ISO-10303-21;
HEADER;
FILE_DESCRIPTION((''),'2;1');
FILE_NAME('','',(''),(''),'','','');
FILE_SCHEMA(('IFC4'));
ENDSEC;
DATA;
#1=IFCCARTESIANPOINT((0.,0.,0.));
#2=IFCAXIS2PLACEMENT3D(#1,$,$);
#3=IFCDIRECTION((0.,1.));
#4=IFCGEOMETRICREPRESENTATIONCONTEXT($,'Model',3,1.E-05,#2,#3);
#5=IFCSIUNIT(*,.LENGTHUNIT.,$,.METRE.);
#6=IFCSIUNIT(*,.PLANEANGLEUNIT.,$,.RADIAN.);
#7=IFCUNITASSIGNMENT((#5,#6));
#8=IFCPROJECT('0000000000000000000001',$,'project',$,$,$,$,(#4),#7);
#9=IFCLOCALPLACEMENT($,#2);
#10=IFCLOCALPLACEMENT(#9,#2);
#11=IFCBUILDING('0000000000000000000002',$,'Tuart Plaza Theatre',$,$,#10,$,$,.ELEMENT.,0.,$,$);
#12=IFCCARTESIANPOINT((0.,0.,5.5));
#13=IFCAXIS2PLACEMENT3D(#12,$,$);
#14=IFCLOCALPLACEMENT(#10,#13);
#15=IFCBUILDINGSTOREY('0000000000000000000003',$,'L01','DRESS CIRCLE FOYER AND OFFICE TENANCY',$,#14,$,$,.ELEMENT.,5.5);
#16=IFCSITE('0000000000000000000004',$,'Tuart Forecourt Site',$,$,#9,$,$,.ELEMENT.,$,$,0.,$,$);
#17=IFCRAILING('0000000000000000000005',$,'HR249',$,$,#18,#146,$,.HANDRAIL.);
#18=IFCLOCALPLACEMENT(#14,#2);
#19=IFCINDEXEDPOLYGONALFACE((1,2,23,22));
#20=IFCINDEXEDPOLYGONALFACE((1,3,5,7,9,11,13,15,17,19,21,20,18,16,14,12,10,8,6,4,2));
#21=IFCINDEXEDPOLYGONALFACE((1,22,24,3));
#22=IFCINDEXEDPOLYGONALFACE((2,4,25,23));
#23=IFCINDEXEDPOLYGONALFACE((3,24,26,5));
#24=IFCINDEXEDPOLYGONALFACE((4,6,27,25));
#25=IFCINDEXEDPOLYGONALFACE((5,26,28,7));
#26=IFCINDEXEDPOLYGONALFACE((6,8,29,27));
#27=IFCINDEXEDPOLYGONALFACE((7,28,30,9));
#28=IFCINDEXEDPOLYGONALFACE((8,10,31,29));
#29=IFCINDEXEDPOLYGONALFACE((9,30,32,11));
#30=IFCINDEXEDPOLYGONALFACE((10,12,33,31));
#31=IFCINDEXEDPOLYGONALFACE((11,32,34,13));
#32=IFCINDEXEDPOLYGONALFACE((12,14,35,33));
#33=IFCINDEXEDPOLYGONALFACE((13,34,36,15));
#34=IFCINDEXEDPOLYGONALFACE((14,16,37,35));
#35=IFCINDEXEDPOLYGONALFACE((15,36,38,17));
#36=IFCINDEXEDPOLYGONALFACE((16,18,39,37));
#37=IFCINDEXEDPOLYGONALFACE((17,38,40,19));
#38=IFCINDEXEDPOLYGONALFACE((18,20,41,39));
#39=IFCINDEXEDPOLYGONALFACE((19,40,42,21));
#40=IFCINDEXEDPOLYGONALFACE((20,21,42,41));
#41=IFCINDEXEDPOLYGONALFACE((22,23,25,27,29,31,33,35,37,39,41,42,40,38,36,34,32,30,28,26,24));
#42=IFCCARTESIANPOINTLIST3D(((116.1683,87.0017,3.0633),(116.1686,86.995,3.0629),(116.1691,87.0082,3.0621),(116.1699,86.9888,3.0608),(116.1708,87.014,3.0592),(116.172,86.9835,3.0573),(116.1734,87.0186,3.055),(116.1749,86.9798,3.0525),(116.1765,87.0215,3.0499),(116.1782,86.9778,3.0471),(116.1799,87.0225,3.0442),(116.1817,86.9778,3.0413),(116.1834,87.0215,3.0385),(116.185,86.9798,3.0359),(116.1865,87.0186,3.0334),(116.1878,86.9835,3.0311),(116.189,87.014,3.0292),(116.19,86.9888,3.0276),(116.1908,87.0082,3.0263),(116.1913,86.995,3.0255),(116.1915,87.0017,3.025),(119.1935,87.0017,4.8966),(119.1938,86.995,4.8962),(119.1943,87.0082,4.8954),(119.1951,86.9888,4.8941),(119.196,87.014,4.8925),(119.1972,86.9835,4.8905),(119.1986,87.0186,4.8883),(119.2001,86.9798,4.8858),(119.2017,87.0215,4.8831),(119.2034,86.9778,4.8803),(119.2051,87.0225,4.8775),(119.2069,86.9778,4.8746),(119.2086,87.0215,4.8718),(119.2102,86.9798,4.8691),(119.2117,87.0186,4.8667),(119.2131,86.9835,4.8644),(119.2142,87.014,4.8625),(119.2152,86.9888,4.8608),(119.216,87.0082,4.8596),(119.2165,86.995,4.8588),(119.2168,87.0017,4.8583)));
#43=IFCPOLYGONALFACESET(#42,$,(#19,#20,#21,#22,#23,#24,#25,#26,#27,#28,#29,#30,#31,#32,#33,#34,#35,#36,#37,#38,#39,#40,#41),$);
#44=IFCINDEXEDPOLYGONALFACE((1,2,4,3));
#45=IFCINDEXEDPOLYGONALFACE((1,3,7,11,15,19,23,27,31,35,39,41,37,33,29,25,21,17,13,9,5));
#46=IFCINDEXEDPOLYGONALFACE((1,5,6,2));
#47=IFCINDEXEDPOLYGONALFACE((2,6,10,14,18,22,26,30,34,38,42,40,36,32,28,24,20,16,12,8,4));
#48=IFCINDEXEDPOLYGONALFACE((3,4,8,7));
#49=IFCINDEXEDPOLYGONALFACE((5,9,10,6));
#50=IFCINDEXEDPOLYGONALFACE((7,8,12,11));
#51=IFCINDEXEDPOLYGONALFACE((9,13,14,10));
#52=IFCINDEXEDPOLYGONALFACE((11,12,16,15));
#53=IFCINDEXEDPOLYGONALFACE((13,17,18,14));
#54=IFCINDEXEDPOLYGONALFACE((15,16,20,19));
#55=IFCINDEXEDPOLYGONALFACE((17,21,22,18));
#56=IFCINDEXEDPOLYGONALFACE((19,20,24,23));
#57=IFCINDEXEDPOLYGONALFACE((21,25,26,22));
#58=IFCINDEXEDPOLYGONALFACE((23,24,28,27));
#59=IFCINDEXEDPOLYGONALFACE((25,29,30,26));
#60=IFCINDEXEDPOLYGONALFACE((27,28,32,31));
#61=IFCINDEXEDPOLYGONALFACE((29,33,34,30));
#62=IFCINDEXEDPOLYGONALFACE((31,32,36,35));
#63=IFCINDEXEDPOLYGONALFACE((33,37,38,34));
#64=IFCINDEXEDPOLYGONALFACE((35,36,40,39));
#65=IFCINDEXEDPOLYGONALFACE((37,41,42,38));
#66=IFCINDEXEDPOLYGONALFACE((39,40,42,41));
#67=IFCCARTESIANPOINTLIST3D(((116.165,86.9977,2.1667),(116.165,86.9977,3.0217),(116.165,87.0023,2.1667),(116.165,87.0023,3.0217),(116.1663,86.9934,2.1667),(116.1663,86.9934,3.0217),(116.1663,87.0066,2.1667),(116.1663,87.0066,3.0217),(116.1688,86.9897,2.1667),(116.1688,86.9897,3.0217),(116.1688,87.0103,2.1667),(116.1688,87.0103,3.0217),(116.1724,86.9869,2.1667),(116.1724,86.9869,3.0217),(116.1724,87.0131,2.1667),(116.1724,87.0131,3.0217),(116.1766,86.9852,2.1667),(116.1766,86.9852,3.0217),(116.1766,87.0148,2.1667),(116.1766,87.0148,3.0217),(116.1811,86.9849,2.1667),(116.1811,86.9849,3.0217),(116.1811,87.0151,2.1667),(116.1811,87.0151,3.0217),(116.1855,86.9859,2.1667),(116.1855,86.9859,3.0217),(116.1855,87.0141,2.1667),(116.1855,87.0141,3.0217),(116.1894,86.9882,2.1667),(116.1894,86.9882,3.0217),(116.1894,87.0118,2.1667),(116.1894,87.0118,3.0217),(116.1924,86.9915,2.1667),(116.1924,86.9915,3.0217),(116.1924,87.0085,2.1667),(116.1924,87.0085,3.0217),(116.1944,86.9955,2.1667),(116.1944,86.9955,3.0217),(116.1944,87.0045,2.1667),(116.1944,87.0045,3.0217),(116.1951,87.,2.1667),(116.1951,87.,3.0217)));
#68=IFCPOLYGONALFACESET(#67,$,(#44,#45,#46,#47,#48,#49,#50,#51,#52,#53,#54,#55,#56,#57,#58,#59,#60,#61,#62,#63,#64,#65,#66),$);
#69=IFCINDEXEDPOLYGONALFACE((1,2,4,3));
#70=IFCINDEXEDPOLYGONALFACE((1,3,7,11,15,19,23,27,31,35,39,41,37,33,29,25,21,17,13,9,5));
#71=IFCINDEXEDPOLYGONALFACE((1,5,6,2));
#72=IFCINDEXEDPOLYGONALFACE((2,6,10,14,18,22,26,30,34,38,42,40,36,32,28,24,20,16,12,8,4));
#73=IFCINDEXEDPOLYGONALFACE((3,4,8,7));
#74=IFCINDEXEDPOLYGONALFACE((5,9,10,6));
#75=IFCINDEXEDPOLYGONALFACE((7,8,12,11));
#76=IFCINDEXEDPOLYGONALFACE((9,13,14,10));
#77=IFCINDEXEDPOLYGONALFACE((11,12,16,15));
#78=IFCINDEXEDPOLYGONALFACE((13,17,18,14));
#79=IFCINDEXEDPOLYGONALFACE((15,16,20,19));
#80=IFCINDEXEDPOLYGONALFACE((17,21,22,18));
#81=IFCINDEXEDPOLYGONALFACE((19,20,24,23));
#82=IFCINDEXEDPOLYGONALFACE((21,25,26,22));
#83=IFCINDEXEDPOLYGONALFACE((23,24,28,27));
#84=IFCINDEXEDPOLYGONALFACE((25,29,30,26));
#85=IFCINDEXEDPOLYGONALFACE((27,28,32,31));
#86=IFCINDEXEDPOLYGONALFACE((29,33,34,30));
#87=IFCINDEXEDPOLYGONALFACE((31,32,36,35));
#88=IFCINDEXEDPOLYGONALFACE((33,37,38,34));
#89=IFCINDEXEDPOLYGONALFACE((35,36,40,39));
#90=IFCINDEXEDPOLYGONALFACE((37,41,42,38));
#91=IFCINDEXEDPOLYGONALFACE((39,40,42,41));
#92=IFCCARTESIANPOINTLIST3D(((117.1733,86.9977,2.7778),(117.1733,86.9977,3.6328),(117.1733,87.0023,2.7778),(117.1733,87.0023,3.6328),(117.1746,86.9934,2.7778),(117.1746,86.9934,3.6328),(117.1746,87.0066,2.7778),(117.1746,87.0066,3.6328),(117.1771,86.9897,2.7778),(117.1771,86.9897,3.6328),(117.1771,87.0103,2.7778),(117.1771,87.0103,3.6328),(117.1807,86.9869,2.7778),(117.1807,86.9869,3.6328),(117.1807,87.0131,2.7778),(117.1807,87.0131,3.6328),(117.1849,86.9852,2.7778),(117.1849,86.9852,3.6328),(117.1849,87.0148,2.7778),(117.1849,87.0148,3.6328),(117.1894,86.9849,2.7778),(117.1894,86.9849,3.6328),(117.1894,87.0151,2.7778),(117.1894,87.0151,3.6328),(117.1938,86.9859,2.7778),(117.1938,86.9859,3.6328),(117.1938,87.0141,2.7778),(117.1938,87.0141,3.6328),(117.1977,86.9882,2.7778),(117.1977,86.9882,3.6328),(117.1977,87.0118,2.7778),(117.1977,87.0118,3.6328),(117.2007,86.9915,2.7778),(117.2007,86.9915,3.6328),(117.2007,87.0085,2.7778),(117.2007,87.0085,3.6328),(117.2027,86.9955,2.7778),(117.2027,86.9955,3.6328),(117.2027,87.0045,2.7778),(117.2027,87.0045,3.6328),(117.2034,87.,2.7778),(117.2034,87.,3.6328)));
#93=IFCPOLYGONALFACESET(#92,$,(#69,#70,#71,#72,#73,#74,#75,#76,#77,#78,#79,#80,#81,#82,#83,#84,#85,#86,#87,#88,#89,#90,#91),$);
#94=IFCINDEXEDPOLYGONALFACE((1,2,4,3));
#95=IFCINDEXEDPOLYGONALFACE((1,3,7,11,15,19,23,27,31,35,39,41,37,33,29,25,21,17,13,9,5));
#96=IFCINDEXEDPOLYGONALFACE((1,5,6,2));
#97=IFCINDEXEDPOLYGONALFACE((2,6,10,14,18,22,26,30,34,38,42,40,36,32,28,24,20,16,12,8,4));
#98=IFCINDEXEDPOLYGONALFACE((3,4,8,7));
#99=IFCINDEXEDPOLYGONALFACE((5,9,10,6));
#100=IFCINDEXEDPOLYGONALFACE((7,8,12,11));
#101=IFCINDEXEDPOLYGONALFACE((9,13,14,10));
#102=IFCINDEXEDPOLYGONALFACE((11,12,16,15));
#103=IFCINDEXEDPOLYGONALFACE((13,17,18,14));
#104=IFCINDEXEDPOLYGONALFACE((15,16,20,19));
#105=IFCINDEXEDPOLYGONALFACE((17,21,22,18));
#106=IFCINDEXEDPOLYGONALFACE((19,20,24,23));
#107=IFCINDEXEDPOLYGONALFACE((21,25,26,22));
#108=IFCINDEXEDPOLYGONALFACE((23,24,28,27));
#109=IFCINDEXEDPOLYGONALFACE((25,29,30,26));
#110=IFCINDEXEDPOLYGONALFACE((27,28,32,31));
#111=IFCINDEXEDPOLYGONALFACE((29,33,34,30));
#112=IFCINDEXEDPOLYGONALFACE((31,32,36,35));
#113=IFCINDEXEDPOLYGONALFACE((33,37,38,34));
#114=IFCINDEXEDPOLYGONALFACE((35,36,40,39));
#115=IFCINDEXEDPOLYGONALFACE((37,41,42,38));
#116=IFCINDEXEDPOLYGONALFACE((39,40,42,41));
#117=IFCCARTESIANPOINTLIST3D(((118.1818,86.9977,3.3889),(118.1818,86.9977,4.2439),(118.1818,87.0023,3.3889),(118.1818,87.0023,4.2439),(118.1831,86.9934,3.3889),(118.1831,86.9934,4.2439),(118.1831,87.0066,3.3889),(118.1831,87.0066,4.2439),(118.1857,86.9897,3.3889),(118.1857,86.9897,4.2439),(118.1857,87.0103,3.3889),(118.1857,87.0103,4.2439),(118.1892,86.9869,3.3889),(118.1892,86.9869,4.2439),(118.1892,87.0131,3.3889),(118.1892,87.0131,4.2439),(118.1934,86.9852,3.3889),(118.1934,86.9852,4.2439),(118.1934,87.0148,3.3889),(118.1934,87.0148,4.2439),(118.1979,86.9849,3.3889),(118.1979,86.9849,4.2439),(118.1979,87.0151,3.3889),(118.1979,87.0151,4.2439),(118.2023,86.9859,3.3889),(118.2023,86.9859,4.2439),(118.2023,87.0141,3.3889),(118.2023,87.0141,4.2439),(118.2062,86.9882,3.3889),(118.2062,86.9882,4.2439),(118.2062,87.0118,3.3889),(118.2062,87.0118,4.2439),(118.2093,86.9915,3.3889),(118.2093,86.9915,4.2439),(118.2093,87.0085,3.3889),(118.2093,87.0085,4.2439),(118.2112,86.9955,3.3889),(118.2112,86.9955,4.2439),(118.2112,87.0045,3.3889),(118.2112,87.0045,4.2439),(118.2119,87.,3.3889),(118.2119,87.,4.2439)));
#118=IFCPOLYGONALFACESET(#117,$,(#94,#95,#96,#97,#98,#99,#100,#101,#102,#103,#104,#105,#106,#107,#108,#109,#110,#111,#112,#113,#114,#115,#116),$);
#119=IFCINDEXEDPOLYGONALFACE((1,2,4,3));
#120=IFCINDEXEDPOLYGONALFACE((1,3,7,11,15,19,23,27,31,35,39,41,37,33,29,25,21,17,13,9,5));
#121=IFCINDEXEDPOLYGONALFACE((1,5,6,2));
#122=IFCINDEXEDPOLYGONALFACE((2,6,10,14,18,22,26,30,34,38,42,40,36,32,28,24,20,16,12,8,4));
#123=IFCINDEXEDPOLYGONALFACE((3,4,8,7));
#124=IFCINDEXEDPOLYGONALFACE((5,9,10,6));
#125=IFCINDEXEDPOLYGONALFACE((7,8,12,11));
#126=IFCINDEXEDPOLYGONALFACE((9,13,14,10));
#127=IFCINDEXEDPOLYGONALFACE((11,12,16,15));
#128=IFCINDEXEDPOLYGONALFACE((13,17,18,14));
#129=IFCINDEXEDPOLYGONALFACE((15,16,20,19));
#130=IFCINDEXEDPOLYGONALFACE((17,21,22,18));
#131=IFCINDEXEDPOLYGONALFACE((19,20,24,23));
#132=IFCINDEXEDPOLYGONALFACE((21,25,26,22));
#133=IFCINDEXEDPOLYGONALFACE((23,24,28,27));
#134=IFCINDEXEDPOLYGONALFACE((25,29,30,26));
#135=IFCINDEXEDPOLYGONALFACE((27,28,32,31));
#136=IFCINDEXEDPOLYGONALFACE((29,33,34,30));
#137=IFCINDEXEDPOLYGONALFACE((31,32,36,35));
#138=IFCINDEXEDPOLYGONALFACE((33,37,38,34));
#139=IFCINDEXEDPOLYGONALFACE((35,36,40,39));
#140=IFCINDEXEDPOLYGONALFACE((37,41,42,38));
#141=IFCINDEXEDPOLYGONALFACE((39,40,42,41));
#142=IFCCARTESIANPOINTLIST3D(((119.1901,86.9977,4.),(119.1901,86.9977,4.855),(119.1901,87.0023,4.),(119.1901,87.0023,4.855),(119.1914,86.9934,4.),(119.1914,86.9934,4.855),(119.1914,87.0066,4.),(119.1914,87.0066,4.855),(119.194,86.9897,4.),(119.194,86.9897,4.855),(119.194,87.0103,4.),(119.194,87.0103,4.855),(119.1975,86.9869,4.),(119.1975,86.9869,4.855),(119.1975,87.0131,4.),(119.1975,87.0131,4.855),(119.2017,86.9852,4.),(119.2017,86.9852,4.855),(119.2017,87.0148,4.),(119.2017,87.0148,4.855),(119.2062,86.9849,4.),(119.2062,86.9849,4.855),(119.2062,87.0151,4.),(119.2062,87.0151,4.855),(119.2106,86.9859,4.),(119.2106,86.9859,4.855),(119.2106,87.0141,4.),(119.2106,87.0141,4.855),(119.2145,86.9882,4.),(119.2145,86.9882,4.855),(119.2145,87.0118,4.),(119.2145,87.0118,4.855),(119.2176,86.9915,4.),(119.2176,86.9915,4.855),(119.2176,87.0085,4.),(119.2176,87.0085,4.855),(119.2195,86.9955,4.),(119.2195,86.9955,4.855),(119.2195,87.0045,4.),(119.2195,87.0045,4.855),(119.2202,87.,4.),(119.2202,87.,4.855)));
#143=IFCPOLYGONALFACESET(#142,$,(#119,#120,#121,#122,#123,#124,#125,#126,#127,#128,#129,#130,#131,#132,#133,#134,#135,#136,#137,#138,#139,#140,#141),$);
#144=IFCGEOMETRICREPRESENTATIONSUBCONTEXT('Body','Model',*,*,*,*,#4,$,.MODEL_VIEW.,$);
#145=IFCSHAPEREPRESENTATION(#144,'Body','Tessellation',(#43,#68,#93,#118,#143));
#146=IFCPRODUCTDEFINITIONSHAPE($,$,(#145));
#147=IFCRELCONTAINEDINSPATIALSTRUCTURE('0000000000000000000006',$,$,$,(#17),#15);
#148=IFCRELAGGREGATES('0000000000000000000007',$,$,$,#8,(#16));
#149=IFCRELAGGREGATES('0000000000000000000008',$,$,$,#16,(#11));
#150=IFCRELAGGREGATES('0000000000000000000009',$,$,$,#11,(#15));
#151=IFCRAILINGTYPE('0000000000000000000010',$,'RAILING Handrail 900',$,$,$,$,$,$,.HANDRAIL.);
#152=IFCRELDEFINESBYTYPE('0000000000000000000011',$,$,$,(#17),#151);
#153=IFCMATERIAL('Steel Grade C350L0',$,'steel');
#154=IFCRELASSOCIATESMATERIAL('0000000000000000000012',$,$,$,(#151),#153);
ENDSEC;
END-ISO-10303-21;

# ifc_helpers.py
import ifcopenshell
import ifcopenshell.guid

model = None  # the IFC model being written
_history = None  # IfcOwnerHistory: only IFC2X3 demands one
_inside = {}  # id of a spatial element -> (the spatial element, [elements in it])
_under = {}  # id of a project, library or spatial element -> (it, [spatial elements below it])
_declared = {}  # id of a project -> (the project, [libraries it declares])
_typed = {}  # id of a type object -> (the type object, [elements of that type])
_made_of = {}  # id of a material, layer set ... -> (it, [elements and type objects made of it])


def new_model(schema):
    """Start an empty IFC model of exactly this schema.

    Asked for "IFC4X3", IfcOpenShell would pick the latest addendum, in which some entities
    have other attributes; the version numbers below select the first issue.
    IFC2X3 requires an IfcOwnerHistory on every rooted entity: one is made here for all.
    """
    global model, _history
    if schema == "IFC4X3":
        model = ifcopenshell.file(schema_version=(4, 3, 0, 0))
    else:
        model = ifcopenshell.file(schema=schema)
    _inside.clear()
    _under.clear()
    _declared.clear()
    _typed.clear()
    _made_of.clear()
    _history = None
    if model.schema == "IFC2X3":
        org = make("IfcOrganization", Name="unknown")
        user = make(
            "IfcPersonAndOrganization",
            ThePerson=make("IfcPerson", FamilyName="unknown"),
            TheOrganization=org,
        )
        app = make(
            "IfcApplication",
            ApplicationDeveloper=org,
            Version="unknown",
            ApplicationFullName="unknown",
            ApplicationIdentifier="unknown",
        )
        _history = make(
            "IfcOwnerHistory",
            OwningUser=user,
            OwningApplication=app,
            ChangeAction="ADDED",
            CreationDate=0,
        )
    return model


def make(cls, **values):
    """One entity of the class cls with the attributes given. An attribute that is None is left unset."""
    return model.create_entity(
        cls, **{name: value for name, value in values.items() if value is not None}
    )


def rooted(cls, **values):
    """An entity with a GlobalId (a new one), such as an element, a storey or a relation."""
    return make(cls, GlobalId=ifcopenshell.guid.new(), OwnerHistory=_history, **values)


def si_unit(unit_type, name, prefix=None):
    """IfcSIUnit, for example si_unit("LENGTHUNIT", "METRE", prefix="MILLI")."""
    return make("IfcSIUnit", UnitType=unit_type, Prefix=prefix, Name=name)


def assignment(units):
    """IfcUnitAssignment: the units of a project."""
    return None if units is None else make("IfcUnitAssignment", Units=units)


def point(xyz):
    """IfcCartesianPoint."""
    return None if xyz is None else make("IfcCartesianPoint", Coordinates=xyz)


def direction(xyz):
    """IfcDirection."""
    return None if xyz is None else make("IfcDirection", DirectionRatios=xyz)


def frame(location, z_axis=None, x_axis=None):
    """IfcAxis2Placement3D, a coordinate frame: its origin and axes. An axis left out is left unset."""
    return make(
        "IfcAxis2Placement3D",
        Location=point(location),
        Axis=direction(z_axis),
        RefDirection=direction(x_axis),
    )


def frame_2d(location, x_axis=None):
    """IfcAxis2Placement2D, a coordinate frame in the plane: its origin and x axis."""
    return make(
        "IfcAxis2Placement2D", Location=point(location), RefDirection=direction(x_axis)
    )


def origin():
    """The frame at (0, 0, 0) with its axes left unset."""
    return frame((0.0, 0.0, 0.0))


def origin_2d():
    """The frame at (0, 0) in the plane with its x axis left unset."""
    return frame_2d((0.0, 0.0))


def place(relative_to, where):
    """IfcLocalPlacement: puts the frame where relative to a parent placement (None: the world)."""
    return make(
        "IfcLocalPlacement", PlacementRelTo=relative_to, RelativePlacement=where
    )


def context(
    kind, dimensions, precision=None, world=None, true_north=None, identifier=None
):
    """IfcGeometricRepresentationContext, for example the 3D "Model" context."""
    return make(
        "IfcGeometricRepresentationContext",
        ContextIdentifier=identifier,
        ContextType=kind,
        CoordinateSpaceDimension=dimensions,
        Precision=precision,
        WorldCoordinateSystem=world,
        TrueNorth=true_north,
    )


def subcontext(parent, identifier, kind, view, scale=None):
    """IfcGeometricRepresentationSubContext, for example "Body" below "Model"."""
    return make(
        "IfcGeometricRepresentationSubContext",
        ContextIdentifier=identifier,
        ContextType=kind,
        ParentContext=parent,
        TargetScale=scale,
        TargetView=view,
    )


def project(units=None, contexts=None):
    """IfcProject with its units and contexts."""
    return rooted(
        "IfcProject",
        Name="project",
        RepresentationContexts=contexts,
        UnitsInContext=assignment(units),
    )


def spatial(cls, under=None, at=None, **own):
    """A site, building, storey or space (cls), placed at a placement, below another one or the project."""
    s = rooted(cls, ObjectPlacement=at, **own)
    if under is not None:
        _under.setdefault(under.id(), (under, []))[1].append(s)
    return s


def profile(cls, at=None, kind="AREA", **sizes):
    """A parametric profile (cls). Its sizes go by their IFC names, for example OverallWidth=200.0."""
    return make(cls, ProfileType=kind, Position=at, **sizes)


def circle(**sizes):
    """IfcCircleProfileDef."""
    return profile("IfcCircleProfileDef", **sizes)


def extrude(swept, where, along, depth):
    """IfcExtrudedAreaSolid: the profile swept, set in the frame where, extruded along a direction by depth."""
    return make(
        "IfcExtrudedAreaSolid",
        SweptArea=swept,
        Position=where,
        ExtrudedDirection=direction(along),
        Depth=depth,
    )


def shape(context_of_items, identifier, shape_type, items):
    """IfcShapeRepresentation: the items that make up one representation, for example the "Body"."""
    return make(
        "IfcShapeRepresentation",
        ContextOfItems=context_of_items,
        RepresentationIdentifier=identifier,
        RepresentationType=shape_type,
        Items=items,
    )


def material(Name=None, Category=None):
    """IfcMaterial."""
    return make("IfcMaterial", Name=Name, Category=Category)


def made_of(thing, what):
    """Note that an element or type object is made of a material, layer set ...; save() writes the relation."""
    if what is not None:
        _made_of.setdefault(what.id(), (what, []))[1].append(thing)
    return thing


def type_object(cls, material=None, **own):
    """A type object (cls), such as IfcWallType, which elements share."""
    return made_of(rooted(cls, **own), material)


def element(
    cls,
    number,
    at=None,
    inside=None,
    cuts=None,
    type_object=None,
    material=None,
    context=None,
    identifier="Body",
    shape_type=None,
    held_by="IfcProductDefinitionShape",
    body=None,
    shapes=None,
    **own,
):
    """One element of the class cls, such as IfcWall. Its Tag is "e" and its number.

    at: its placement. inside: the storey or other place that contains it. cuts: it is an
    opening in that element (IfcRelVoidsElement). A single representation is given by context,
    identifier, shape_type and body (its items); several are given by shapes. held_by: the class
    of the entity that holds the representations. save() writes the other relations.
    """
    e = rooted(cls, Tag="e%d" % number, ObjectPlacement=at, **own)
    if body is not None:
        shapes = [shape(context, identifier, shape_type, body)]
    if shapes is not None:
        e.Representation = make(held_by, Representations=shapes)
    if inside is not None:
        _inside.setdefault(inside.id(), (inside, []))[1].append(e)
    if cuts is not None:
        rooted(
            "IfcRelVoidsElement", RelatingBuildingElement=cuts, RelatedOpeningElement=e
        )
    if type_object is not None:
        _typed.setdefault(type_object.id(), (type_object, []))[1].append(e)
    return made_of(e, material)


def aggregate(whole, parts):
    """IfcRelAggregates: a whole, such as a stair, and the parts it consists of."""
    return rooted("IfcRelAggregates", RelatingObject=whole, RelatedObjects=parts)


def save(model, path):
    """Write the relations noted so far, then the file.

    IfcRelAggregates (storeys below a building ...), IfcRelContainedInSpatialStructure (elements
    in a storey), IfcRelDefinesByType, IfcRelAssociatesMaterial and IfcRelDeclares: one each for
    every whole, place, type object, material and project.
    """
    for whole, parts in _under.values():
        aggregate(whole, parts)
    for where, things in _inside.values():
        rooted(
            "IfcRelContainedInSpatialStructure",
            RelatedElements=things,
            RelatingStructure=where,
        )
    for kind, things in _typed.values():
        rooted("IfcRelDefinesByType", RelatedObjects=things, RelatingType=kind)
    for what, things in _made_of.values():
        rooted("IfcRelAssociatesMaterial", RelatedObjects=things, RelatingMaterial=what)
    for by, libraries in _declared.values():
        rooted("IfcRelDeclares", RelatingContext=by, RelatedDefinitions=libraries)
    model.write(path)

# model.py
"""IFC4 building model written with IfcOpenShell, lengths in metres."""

from ifc_helpers import new_model, si_unit, direction, frame, origin, origin_2d, place, context, subcontext, project, spatial, circle, extrude, material, type_object, element, save


model = new_model("IFC4")

# Units and contexts
model_context = context("Model", 3, precision=1e-05, world=origin(), true_north=direction((0.0, 1.0)))
body_context = subcontext(model_context, "Body", "Model", "MODEL_VIEW")
ifc_project = project(units=[si_unit("LENGTHUNIT", "METRE"), si_unit("PLANEANGLEUNIT", "RADIAN")], contexts=[model_context])

# Site, building, storey
site_placement = place(None, origin())
site = spatial("IfcSite", under=ifc_project, at=site_placement, Name="Tuart Forecourt Site", CompositionType="ELEMENT", RefElevation=0.0)
building_placement = place(site_placement, origin())
building = spatial("IfcBuilding", under=site, at=building_placement, Name="Tuart Plaza Theatre", CompositionType="ELEMENT", ElevationOfRefHeight=0.0)
storey_placement = place(building_placement, frame((0.0, 0.0, 5.5)))
storey = spatial("IfcBuildingStorey", under=building, at=storey_placement, Name="L01", Description="DRESS CIRCLE FOYER AND OFFICE TENANCY", CompositionType="ELEMENT", Elevation=5.5)

# Railing
ifc_material_1 = material(Name="Steel Grade C350L0", Category="steel")
railing_type_1 = type_object("IfcRailingType", Name="RAILING Handrail 900", PredefinedType="HANDRAIL", material=ifc_material_1)
for number, where, name in (
    (1, (116.1799, 87.0, 2.1667), "HR249"),
):
    element("IfcRailing", number, at=place(storey_placement, frame(where)), inside=storey, type_object=railing_type_1, Name=name, PredefinedType="HANDRAIL", context=body_context, shape_type="SweptSolid", body=[
        extrude(circle(Radius=0.0225, at=origin_2d()), frame((0.0, 0.0, 0.8774), z_axis=(0.855219, 0.0, 0.518267), x_axis=(0.0, 1.0, 0.0)), (0.0, 0.0, 1.0), 3.5374),
        extrude(circle(Radius=0.0151, at=origin_2d()), origin(), (0.0, 0.0, 1.0), 0.855),
        extrude(circle(Radius=0.0151, at=origin_2d()), frame((1.0083, 0.0, 0.6111)), (0.0, 0.0, 1.0), 0.855),
        extrude(circle(Radius=0.0151, at=origin_2d()), frame((2.0168, 0.0, 1.2222)), (0.0, 0.0, 1.0), 0.855),
        extrude(circle(Radius=0.0151, at=origin_2d()), frame((3.0251, 0.0, 1.8333)), (0.0, 0.0, 1.0), 0.855),
    ])

save(model, "model.ifc")
